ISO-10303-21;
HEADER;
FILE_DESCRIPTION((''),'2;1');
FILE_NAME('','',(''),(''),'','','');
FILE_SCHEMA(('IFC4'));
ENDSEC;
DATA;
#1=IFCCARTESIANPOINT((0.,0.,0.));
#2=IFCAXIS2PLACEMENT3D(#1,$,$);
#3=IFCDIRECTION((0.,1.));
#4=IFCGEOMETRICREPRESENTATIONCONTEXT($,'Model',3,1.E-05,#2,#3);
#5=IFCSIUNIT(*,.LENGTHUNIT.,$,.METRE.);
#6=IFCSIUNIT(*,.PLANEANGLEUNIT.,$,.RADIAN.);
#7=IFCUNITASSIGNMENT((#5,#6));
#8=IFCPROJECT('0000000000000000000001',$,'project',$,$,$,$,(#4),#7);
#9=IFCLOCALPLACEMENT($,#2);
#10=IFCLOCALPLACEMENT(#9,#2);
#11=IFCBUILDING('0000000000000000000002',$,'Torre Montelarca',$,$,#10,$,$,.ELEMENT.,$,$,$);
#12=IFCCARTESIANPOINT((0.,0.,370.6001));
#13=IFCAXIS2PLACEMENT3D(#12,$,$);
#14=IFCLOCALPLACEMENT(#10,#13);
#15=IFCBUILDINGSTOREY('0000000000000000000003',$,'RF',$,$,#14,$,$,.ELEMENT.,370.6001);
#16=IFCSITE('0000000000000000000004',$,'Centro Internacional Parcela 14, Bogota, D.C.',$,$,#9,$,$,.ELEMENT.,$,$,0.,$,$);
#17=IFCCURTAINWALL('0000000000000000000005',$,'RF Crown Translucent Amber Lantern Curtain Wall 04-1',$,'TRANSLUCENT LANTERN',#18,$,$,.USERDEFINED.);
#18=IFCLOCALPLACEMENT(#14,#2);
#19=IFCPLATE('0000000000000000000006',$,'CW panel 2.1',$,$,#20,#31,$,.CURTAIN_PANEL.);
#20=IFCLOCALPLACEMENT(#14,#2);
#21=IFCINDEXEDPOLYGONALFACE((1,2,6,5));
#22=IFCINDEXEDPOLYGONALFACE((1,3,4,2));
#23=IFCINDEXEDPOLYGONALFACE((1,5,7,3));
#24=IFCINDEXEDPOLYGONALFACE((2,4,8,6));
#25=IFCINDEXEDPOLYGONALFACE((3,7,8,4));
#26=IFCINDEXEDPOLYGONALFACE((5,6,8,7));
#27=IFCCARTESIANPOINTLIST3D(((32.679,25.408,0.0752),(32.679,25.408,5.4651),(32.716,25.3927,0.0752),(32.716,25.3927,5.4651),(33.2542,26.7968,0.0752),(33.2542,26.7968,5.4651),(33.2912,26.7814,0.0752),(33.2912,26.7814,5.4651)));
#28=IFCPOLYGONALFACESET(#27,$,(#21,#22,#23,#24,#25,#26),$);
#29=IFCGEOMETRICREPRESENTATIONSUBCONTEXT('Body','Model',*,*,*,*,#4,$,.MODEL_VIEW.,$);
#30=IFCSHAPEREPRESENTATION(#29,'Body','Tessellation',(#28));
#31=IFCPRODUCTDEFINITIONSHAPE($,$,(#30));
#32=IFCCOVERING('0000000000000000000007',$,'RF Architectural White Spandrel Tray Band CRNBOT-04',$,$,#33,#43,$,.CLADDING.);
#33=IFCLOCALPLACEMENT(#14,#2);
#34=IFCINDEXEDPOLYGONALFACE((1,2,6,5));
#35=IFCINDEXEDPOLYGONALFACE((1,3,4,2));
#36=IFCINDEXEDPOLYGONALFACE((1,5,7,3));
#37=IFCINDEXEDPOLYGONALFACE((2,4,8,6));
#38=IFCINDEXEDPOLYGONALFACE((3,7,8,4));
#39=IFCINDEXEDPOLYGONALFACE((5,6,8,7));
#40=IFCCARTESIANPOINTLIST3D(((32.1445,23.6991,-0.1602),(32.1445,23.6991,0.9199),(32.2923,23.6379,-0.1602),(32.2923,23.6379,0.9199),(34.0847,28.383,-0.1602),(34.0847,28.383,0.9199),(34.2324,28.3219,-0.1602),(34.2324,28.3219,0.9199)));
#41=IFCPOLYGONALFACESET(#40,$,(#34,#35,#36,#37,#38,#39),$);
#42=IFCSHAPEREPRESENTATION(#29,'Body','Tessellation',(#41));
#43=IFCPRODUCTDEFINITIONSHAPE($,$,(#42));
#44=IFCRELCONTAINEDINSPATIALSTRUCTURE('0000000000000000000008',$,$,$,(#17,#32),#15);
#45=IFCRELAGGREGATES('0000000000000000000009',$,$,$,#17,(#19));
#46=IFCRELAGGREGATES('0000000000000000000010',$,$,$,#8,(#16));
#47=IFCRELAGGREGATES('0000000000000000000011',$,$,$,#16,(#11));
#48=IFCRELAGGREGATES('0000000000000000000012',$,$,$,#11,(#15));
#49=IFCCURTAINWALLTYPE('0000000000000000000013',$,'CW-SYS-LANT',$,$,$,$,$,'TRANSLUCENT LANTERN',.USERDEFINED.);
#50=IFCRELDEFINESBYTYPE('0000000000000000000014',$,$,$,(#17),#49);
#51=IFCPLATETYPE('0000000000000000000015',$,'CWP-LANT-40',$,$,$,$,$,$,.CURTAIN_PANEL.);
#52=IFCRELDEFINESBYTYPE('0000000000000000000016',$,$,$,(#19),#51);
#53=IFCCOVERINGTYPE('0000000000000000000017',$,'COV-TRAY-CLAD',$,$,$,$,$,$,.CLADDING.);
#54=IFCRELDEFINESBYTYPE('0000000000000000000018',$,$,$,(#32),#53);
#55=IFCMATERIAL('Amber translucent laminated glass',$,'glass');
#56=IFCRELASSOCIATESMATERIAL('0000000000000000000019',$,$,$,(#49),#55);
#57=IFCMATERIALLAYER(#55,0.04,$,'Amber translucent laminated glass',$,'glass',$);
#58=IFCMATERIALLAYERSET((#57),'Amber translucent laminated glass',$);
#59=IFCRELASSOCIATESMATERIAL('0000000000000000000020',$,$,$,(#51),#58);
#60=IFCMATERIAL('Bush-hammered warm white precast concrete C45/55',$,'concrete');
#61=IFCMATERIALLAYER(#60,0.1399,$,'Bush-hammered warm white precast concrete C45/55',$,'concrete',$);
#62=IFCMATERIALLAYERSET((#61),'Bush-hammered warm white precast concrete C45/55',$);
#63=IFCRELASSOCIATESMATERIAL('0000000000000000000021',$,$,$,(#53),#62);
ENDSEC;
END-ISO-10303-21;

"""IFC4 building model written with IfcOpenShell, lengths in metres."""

from ifc_helpers import new_model, si_unit, direction, frame, origin, origin_2d, place, context, subcontext, project, spatial, rectangle, extrude, source, transform, mapped, material, layer, layer_set, type_object, element, aggregate, save


model = new_model("IFC4")

# Units and contexts
model_context = context("Model", 3, precision=1e-05, world=origin(), true_north=direction((0.0, 1.0)))
body_context = subcontext(model_context, "Body", "Model", "MODEL_VIEW")
ifc_project = project(units=[si_unit("LENGTHUNIT", "METRE"), si_unit("PLANEANGLEUNIT", "RADIAN")], contexts=[model_context])

# Site, building, storey
site_placement = place(None, origin())
site = spatial("IfcSite", under=ifc_project, at=site_placement, Name="Centro Internacional Parcela 14, Bogota, D.C.", CompositionType="ELEMENT", RefElevation=0.0)
building_placement = place(site_placement, origin())
building = spatial("IfcBuilding", under=site, at=building_placement, Name="Torre Montelarca", CompositionType="ELEMENT")
storey_placement = place(building_placement, frame((0.0, 0.0, 370.6001)))
storey = spatial("IfcBuildingStorey", under=building, at=storey_placement, Name="RF", CompositionType="ELEMENT", Elevation=370.6001)

# Curtain wall
ifc_material_1 = material(Name="Amber translucent laminated glass", Category="glass")
curtain_wall_type = type_object("IfcCurtainWallType", Name="CW-SYS-LANT", ElementType="TRANSLUCENT LANTERN", PredefinedType="USERDEFINED", material=ifc_material_1)
curtain_wall_1_placement = place(storey_placement, origin())
curtain_wall_1 = element("IfcCurtainWall", 1, at=curtain_wall_1_placement, inside=storey, type_object=curtain_wall_type, Name="RF Crown Translucent Amber Lantern Curtain Wall 04-1", ObjectType="TRANSLUCENT LANTERN", PredefinedType="USERDEFINED")

# Plate
ifc_layer_1 = layer(ifc_material_1, 0.04, Name="Amber translucent laminated glass", Category="glass")
ifc_layer_set_1 = layer_set([ifc_layer_1], Name="Amber translucent laminated glass")
plate_type = type_object("IfcPlateType", Name="CWP-LANT-40", PredefinedType="CURTAIN_PANEL", material=ifc_layer_set_1)
shared_shape_1 = source(origin(), body_context, "Body", "SweptSolid", [
    extrude(rectangle(XDim=1.5032, YDim=0.04, at=origin_2d()), origin(), (0.0, 0.0, 1.0), 5.3899),
])
plate_1_placement = place(storey_placement, frame((32.9851, 26.0947, 0.0752), z_axis=(0.0, 0.0, 1.0), x_axis=(0.382692, 0.923876, 0.0)))
plate_1 = element("IfcPlate", 2, at=plate_1_placement, type_object=plate_type, Name="CW panel 2.1", PredefinedType="CURTAIN_PANEL", context=body_context, shape_type="MappedRepresentation", body=[
    mapped(shared_shape_1, transform((0.0, 0.0, 0.0), scale=1.0)),
])
aggregate(curtain_wall_1, [plate_1])

# Covering
ifc_material_2 = material(Name="Bush-hammered warm white precast concrete C45/55", Category="concrete")
ifc_layer_2 = layer(ifc_material_2, 0.1399, Name="Bush-hammered warm white precast concrete C45/55", Category="concrete")
ifc_layer_set_2 = layer_set([ifc_layer_2], Name="Bush-hammered warm white precast concrete C45/55")
covering_type = type_object("IfcCoveringType", Name="COV-TRAY-CLAD", PredefinedType="CLADDING", material=ifc_layer_set_2)
shared_shape_2 = source(origin(), body_context, "Body", "SweptSolid", [
    extrude(rectangle(XDim=5.0698, YDim=0.1599, at=origin_2d()), origin(), (0.0, 0.0, 1.0), 1.0801),
])
covering_placement = place(storey_placement, frame((33.1885, 26.0105, -0.1602), z_axis=(0.0, 0.0, 1.0), x_axis=(0.382683, 0.92388, 0.0)))
element("IfcCovering", 3, at=covering_placement, inside=storey, type_object=covering_type, Name="RF Architectural White Spandrel Tray Band CRNBOT-04", PredefinedType="CLADDING", context=body_context, shape_type="MappedRepresentation", body=[
    mapped(shared_shape_2, transform((0.0, 0.0, 0.0), scale=1.0)),
])

save(model, "model.ifc")
